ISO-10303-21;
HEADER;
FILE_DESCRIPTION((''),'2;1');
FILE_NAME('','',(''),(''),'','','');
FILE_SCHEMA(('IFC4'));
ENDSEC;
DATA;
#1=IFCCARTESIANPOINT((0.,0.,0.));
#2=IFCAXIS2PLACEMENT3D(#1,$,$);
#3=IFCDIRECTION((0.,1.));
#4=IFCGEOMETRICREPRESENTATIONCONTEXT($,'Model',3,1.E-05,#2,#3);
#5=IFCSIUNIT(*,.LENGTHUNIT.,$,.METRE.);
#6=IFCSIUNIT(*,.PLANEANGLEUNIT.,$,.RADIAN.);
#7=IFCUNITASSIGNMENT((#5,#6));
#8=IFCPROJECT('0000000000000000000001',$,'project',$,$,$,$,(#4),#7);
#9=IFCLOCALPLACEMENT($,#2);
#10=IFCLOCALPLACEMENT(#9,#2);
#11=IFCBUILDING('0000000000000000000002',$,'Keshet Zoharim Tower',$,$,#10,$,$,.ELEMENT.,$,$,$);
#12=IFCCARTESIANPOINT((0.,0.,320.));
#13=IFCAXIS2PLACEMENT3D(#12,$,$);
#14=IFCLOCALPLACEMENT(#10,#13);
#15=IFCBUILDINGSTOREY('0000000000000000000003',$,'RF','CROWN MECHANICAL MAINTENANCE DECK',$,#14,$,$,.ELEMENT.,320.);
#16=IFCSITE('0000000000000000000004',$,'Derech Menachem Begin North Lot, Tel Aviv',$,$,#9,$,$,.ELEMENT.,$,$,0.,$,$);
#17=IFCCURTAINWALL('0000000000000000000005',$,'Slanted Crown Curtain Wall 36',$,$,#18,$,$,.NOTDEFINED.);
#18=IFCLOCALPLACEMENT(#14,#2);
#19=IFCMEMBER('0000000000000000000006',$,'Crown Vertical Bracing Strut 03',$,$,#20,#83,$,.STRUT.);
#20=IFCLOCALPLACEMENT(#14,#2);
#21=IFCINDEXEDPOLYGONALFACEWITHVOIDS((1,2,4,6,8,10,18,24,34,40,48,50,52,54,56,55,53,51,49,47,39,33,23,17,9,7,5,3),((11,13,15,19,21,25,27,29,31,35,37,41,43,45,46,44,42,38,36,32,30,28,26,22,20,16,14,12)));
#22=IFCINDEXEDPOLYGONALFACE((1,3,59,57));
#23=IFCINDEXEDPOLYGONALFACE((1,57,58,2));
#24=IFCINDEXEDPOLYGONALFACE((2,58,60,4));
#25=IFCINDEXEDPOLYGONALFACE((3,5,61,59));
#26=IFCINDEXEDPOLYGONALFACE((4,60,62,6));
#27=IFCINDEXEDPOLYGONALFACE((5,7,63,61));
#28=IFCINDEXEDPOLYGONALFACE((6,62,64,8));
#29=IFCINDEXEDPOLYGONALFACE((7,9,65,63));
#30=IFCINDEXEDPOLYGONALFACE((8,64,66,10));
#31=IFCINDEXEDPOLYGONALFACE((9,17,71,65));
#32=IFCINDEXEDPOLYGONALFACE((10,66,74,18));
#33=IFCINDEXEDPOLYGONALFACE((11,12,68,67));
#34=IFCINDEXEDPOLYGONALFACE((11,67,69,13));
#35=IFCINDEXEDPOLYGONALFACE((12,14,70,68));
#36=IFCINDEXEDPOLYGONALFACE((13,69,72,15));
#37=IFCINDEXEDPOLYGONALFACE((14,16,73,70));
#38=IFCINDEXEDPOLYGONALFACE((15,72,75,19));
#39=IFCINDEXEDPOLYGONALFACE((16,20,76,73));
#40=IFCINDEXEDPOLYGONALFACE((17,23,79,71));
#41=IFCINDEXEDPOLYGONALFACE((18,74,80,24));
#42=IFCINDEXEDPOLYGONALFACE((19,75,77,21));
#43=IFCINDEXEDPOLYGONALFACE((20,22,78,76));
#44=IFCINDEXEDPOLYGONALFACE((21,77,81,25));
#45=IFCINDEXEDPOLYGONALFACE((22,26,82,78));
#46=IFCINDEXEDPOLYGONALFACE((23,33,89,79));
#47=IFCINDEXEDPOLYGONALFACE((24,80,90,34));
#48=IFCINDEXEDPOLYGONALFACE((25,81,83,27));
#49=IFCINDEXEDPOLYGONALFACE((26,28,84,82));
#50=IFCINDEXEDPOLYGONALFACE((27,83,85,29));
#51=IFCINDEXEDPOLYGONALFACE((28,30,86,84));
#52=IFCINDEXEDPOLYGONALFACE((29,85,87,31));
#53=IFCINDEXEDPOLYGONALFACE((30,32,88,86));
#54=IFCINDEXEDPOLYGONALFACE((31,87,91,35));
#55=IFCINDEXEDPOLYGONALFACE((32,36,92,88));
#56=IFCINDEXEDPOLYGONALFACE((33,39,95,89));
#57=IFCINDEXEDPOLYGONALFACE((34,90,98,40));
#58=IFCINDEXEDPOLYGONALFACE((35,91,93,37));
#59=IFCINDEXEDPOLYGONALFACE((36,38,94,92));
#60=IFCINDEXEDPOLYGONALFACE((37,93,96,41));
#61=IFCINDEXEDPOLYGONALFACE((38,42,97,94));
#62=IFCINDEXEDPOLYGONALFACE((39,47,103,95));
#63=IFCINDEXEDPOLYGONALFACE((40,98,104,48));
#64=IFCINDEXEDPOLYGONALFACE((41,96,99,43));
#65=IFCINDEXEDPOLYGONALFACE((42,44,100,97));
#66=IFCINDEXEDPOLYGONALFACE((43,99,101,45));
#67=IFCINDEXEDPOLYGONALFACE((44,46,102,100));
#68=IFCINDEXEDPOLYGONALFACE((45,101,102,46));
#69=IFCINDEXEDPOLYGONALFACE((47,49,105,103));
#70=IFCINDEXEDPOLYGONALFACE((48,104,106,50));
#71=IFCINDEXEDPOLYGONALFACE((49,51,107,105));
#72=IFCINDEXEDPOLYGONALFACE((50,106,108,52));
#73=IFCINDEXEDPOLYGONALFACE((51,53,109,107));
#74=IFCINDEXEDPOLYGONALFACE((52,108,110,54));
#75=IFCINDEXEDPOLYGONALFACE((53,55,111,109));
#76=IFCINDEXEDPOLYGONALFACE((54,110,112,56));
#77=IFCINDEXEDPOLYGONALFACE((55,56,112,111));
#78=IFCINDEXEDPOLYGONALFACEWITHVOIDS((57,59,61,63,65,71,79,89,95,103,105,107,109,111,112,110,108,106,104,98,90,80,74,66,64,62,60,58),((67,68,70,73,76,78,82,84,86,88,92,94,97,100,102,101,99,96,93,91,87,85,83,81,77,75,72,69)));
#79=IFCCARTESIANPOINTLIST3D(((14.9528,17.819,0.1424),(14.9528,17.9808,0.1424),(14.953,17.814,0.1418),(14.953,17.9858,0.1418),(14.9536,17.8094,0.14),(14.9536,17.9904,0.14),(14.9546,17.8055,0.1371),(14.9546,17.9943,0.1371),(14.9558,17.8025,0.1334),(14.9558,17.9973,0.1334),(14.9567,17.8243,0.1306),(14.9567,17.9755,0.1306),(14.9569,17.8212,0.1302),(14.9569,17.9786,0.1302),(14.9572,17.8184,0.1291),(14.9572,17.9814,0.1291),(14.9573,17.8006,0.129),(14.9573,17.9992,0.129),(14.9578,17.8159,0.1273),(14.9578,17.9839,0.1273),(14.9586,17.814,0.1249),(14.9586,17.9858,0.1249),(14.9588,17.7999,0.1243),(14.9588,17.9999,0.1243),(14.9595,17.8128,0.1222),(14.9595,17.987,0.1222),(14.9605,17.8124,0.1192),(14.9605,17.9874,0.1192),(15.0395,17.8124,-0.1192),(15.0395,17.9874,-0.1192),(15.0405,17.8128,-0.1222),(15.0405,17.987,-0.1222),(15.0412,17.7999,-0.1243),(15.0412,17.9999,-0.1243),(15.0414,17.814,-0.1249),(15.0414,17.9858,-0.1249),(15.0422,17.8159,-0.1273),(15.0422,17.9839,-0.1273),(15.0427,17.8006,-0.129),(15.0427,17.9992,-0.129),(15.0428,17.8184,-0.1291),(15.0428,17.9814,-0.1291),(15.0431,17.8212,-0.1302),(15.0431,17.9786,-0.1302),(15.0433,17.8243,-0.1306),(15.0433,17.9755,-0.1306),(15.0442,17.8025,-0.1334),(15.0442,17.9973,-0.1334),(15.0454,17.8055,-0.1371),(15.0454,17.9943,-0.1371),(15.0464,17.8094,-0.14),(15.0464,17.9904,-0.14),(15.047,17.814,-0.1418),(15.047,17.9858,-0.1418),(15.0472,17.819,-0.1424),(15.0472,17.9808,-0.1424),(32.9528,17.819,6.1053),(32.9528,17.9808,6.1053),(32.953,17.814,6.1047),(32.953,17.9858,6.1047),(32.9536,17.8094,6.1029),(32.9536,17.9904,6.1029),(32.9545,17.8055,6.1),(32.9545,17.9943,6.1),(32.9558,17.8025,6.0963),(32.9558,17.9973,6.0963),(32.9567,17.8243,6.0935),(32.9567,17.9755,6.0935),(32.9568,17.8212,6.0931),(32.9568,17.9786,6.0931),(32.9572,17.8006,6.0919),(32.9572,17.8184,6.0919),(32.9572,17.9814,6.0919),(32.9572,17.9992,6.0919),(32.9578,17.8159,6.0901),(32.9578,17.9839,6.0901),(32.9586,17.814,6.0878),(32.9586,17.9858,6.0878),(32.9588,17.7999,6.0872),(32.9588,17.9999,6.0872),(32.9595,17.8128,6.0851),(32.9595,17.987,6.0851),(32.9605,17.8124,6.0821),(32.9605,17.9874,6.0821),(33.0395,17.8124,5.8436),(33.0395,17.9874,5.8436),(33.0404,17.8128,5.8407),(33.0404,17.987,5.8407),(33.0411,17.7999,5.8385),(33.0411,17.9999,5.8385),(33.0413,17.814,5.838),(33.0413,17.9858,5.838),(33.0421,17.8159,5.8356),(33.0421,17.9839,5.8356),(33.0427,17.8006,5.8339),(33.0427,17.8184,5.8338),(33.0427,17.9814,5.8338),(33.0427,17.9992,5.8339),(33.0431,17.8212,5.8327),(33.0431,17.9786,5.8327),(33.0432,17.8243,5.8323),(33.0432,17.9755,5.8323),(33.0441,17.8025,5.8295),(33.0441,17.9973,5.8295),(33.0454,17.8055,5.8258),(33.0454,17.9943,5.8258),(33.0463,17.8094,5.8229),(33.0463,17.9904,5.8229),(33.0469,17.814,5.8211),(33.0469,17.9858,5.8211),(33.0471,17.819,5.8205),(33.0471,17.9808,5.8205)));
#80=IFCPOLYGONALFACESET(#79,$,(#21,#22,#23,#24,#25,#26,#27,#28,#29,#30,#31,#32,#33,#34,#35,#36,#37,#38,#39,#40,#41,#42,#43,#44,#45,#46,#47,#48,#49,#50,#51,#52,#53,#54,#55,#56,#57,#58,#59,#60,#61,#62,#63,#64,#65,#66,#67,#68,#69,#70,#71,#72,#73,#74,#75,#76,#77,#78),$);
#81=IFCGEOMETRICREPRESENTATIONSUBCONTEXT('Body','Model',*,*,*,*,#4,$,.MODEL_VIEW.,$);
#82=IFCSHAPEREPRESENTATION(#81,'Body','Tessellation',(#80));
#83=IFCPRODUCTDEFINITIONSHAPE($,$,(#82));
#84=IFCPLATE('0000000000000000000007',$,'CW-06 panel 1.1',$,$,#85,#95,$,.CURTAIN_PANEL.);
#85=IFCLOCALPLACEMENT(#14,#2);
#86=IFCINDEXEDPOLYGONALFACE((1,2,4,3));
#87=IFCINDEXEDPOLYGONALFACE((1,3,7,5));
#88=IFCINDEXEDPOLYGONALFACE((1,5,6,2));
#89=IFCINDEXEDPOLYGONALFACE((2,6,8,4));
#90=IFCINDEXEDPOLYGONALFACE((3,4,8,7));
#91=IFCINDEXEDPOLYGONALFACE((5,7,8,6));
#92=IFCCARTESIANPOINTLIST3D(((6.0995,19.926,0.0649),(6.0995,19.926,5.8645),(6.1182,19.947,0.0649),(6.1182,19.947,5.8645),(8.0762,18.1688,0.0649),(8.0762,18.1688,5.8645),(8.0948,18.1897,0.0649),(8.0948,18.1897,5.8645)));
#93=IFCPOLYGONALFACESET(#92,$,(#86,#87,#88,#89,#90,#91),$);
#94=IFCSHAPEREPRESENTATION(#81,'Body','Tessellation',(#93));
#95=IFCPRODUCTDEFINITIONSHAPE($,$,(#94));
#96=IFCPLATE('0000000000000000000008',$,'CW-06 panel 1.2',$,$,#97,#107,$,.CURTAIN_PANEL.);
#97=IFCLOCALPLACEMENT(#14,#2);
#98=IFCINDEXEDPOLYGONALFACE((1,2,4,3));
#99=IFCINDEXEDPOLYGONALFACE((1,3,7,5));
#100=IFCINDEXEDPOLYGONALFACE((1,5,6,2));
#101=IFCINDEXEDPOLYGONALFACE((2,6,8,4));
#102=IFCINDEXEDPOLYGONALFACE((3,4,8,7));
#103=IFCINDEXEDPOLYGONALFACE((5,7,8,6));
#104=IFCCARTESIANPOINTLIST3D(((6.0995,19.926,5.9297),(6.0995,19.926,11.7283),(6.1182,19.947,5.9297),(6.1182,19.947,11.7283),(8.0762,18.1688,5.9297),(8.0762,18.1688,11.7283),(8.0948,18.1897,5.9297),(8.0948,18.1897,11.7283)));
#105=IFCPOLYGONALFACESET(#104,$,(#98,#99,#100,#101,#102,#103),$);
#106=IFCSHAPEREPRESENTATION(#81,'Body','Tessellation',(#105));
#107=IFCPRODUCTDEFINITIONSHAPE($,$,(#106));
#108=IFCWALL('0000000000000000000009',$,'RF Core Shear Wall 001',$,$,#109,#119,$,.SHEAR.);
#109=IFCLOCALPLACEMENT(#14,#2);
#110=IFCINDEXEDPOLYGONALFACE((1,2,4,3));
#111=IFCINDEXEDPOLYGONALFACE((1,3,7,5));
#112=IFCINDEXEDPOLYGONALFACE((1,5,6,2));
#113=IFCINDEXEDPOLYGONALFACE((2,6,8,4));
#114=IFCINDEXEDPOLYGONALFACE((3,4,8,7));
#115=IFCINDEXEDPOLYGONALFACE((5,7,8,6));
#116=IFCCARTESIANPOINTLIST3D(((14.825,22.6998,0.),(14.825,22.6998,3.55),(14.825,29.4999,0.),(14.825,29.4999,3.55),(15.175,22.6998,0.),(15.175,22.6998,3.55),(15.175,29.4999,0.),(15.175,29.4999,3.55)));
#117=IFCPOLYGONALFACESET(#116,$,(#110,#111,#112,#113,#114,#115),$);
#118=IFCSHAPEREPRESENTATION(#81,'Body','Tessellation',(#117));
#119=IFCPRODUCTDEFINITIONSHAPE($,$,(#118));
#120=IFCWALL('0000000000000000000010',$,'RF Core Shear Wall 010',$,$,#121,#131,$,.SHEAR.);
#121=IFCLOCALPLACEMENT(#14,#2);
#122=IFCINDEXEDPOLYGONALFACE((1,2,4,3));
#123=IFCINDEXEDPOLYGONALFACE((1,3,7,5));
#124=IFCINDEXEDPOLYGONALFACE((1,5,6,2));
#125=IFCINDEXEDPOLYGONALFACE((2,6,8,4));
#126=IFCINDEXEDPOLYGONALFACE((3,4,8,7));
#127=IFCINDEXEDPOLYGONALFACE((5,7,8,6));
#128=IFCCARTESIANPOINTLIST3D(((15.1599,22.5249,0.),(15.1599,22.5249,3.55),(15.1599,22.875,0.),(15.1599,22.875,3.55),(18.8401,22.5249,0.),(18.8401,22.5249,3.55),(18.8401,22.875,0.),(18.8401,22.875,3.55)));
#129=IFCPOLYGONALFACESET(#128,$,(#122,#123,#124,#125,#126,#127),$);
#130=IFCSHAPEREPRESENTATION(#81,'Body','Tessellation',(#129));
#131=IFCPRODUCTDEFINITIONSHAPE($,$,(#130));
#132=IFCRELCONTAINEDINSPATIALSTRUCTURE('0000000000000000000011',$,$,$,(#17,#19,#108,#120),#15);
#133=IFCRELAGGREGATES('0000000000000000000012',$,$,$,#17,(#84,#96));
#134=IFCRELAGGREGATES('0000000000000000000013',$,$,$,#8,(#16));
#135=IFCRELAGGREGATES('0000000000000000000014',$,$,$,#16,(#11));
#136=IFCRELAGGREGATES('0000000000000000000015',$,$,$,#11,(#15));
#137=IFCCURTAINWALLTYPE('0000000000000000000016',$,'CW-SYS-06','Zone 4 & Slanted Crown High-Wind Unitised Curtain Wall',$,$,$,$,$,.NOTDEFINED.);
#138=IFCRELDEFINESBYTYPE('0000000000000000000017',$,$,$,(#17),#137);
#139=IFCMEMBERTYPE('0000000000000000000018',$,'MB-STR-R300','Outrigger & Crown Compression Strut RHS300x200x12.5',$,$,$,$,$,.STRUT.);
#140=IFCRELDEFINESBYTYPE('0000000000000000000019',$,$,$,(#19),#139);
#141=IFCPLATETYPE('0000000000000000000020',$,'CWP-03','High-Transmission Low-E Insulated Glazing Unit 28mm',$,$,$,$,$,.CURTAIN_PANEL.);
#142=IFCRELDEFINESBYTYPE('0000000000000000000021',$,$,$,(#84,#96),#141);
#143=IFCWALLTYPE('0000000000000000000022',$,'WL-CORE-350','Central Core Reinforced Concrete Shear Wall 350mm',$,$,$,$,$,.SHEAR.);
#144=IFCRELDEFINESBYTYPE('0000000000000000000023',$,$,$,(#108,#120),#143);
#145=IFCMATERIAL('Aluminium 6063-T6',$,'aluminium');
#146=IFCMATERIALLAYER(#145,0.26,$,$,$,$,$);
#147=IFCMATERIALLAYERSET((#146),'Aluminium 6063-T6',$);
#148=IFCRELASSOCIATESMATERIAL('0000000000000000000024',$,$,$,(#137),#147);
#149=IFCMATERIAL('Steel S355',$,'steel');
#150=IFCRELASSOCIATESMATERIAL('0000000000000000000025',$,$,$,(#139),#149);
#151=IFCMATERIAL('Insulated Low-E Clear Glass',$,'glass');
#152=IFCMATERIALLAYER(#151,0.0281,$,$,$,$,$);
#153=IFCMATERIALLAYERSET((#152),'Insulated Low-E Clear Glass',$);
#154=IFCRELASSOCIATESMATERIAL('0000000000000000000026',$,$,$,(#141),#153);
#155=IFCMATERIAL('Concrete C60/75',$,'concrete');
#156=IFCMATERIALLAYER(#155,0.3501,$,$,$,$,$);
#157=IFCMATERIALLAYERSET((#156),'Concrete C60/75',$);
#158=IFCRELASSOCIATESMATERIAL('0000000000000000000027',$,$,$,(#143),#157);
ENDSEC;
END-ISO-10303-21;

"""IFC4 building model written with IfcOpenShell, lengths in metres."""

from ifc_helpers import new_model, si_unit, direction, frame, frame_2d, origin, origin_2d, place, context, subcontext, project, spatial, rectangle, hollow_rectangle, extrude, material, layer, layer_set, material_profile, profile_set, type_object, element, aggregate, save


model = new_model("IFC4")

# Units and contexts
model_context = context("Model", 3, precision=1e-05, world=origin(), true_north=direction((0.0, 1.0)))
body_context = subcontext(model_context, "Body", "Model", "MODEL_VIEW")
ifc_project = project(units=[si_unit("LENGTHUNIT", "METRE"), si_unit("PLANEANGLEUNIT", "RADIAN")], contexts=[model_context])

# Site, building, storey
site_placement = place(None, origin())
site = spatial("IfcSite", under=ifc_project, at=site_placement, Name="Derech Menachem Begin North Lot, Tel Aviv", CompositionType="ELEMENT", RefElevation=0.0)
building_placement = place(site_placement, origin())
building = spatial("IfcBuilding", under=site, at=building_placement, Name="Keshet Zoharim Tower", CompositionType="ELEMENT")
storey_placement = place(building_placement, frame((0.0, 0.0, 320.0)))
storey = spatial("IfcBuildingStorey", under=building, at=storey_placement, Name="RF", Description="CROWN MECHANICAL MAINTENANCE DECK", CompositionType="ELEMENT", Elevation=320.0)

# Shared definitions
ifc_material_1 = material(Name="Steel S355", Category="steel")

# Shared definitions
ifc_material_2 = material(Name="Aluminium 6063-T6", Category="aluminium")
ifc_layer_1 = layer(ifc_material_2, 0.26)
ifc_layer_set_1 = layer_set([ifc_layer_1], Name="Aluminium 6063-T6")
curtain_wall_type = type_object("IfcCurtainWallType", Name="CW-SYS-06", Description="Zone 4 & Slanted Crown High-Wind Unitised Curtain Wall", PredefinedType="NOTDEFINED", material=ifc_layer_set_1)

# Curtain wall
curtain_wall_1_placement = place(storey_placement, origin())
curtain_wall_1 = element("IfcCurtainWall", 1, at=curtain_wall_1_placement, inside=storey, type_object=curtain_wall_type, Name="Slanted Crown Curtain Wall 36", PredefinedType="NOTDEFINED")

# Member
ifc_material_profile_1 = material_profile(ifc_material_1, hollow_rectangle(XDim=0.2, YDim=0.3, WallThickness=0.0125, InnerFilletRadius=0.012, OuterFilletRadius=0.019, at=origin_2d()), Name="RHS300x200x12.5")
ifc_profile_set_1 = profile_set([ifc_material_profile_1], Name="Steel S355")
member_type_1 = type_object("IfcMemberType", Name="MB-STR-R300", Description="Outrigger & Crown Compression Strut RHS300x200x12.5", PredefinedType="STRUT", material=ifc_profile_set_1)
member_1_placement = place(storey_placement, frame((15.0, 17.8999, 0.0), z_axis=(0.949269, 0.0, 0.314466), x_axis=(0.0, 1.0, 0.0)))
element("IfcMember", 2, at=member_1_placement, inside=storey, type_object=member_type_1, Name="Crown Vertical Bracing Strut 03", PredefinedType="STRUT", context=body_context, shape_type="SweptSolid", body=[
    extrude(hollow_rectangle(XDim=0.2, YDim=0.3, WallThickness=0.0125, InnerFilletRadius=0.012, OuterFilletRadius=0.019, at=origin_2d()), origin(), (0.0, 0.0, 1.0), 18.9619),
])

# Plates
ifc_material_3 = material(Name="Insulated Low-E Clear Glass", Category="glass")
ifc_layer_2 = layer(ifc_material_3, 0.0281)
ifc_layer_set_2 = layer_set([ifc_layer_2], Name="Insulated Low-E Clear Glass")
plate_type = type_object("IfcPlateType", Name="CWP-03", Description="High-Transmission Low-E Insulated Glazing Unit 28mm", PredefinedType="CURTAIN_PANEL", material=ifc_layer_set_2)
plate_1_placement = place(storey_placement, frame((7.0972, 19.0579, 0.0649), z_axis=(0.0, 0.0, 1.0), x_axis=(-0.747369, 0.664409, 0.0)))
plate_1 = element("IfcPlate", 3, at=plate_1_placement, type_object=plate_type, Name="CW-06 panel 1.1", PredefinedType="CURTAIN_PANEL", context=body_context, shape_type="SweptSolid", body=[
    extrude(rectangle(XDim=2.6448, YDim=0.0281, at=origin_2d()), origin(), (0.0, 0.0, 1.0), 5.7996),
])
plate_2_placement = place(storey_placement, frame((7.0972, 19.0579, 5.9297), z_axis=(0.0, 0.0, 1.0), x_axis=(-0.747369, 0.664409, 0.0)))
plate_2 = element("IfcPlate", 4, at=plate_2_placement, type_object=plate_type, Name="CW-06 panel 1.2", PredefinedType="CURTAIN_PANEL", context=body_context, shape_type="SweptSolid", body=[
    extrude(rectangle(XDim=2.6448, YDim=0.0281, at=origin_2d()), origin(), (0.0, 0.0, 1.0), 5.7986),
])
aggregate(curtain_wall_1, [plate_1, plate_2])

# Wall
ifc_material_4 = material(Name="Concrete C60/75", Category="concrete")
ifc_layer_3 = layer(ifc_material_4, 0.3501)
ifc_layer_set_3 = layer_set([ifc_layer_3], Name="Concrete C60/75")
wall_type = type_object("IfcWallType", Name="WL-CORE-350", Description="Central Core Reinforced Concrete Shear Wall 350mm", PredefinedType="SHEAR", material=ifc_layer_set_3)
wall_1_placement = place(storey_placement, frame((15.0, 22.7, 0.0), z_axis=(0.0, 0.0, 1.0), x_axis=(0.0, 1.0, 0.0)))
element("IfcWall", 5, at=wall_1_placement, inside=storey, type_object=wall_type, Name="RF Core Shear Wall 001", PredefinedType="SHEAR", context=body_context, shape_type="SweptSolid", body=[
    extrude(rectangle(XDim=6.8, YDim=0.3501, at=frame_2d((3.3999, 0.0))), origin(), (0.0, 0.0, 1.0), 3.55),
])

# Wall
wall_2_placement = place(storey_placement, frame((15.1599, 22.7, 0.0), z_axis=(0.0, 0.0, 1.0), x_axis=(1.0, 0.0, 0.0)))
element("IfcWall", 6, at=wall_2_placement, inside=storey, type_object=wall_type, Name="RF Core Shear Wall 010", PredefinedType="SHEAR", context=body_context, shape_type="SweptSolid", body=[
    extrude(rectangle(XDim=3.6802, YDim=0.3501, at=frame_2d((1.8401, 0.0))), origin(), (0.0, 0.0, 1.0), 3.55),
])

save(model, "model.ifc")
